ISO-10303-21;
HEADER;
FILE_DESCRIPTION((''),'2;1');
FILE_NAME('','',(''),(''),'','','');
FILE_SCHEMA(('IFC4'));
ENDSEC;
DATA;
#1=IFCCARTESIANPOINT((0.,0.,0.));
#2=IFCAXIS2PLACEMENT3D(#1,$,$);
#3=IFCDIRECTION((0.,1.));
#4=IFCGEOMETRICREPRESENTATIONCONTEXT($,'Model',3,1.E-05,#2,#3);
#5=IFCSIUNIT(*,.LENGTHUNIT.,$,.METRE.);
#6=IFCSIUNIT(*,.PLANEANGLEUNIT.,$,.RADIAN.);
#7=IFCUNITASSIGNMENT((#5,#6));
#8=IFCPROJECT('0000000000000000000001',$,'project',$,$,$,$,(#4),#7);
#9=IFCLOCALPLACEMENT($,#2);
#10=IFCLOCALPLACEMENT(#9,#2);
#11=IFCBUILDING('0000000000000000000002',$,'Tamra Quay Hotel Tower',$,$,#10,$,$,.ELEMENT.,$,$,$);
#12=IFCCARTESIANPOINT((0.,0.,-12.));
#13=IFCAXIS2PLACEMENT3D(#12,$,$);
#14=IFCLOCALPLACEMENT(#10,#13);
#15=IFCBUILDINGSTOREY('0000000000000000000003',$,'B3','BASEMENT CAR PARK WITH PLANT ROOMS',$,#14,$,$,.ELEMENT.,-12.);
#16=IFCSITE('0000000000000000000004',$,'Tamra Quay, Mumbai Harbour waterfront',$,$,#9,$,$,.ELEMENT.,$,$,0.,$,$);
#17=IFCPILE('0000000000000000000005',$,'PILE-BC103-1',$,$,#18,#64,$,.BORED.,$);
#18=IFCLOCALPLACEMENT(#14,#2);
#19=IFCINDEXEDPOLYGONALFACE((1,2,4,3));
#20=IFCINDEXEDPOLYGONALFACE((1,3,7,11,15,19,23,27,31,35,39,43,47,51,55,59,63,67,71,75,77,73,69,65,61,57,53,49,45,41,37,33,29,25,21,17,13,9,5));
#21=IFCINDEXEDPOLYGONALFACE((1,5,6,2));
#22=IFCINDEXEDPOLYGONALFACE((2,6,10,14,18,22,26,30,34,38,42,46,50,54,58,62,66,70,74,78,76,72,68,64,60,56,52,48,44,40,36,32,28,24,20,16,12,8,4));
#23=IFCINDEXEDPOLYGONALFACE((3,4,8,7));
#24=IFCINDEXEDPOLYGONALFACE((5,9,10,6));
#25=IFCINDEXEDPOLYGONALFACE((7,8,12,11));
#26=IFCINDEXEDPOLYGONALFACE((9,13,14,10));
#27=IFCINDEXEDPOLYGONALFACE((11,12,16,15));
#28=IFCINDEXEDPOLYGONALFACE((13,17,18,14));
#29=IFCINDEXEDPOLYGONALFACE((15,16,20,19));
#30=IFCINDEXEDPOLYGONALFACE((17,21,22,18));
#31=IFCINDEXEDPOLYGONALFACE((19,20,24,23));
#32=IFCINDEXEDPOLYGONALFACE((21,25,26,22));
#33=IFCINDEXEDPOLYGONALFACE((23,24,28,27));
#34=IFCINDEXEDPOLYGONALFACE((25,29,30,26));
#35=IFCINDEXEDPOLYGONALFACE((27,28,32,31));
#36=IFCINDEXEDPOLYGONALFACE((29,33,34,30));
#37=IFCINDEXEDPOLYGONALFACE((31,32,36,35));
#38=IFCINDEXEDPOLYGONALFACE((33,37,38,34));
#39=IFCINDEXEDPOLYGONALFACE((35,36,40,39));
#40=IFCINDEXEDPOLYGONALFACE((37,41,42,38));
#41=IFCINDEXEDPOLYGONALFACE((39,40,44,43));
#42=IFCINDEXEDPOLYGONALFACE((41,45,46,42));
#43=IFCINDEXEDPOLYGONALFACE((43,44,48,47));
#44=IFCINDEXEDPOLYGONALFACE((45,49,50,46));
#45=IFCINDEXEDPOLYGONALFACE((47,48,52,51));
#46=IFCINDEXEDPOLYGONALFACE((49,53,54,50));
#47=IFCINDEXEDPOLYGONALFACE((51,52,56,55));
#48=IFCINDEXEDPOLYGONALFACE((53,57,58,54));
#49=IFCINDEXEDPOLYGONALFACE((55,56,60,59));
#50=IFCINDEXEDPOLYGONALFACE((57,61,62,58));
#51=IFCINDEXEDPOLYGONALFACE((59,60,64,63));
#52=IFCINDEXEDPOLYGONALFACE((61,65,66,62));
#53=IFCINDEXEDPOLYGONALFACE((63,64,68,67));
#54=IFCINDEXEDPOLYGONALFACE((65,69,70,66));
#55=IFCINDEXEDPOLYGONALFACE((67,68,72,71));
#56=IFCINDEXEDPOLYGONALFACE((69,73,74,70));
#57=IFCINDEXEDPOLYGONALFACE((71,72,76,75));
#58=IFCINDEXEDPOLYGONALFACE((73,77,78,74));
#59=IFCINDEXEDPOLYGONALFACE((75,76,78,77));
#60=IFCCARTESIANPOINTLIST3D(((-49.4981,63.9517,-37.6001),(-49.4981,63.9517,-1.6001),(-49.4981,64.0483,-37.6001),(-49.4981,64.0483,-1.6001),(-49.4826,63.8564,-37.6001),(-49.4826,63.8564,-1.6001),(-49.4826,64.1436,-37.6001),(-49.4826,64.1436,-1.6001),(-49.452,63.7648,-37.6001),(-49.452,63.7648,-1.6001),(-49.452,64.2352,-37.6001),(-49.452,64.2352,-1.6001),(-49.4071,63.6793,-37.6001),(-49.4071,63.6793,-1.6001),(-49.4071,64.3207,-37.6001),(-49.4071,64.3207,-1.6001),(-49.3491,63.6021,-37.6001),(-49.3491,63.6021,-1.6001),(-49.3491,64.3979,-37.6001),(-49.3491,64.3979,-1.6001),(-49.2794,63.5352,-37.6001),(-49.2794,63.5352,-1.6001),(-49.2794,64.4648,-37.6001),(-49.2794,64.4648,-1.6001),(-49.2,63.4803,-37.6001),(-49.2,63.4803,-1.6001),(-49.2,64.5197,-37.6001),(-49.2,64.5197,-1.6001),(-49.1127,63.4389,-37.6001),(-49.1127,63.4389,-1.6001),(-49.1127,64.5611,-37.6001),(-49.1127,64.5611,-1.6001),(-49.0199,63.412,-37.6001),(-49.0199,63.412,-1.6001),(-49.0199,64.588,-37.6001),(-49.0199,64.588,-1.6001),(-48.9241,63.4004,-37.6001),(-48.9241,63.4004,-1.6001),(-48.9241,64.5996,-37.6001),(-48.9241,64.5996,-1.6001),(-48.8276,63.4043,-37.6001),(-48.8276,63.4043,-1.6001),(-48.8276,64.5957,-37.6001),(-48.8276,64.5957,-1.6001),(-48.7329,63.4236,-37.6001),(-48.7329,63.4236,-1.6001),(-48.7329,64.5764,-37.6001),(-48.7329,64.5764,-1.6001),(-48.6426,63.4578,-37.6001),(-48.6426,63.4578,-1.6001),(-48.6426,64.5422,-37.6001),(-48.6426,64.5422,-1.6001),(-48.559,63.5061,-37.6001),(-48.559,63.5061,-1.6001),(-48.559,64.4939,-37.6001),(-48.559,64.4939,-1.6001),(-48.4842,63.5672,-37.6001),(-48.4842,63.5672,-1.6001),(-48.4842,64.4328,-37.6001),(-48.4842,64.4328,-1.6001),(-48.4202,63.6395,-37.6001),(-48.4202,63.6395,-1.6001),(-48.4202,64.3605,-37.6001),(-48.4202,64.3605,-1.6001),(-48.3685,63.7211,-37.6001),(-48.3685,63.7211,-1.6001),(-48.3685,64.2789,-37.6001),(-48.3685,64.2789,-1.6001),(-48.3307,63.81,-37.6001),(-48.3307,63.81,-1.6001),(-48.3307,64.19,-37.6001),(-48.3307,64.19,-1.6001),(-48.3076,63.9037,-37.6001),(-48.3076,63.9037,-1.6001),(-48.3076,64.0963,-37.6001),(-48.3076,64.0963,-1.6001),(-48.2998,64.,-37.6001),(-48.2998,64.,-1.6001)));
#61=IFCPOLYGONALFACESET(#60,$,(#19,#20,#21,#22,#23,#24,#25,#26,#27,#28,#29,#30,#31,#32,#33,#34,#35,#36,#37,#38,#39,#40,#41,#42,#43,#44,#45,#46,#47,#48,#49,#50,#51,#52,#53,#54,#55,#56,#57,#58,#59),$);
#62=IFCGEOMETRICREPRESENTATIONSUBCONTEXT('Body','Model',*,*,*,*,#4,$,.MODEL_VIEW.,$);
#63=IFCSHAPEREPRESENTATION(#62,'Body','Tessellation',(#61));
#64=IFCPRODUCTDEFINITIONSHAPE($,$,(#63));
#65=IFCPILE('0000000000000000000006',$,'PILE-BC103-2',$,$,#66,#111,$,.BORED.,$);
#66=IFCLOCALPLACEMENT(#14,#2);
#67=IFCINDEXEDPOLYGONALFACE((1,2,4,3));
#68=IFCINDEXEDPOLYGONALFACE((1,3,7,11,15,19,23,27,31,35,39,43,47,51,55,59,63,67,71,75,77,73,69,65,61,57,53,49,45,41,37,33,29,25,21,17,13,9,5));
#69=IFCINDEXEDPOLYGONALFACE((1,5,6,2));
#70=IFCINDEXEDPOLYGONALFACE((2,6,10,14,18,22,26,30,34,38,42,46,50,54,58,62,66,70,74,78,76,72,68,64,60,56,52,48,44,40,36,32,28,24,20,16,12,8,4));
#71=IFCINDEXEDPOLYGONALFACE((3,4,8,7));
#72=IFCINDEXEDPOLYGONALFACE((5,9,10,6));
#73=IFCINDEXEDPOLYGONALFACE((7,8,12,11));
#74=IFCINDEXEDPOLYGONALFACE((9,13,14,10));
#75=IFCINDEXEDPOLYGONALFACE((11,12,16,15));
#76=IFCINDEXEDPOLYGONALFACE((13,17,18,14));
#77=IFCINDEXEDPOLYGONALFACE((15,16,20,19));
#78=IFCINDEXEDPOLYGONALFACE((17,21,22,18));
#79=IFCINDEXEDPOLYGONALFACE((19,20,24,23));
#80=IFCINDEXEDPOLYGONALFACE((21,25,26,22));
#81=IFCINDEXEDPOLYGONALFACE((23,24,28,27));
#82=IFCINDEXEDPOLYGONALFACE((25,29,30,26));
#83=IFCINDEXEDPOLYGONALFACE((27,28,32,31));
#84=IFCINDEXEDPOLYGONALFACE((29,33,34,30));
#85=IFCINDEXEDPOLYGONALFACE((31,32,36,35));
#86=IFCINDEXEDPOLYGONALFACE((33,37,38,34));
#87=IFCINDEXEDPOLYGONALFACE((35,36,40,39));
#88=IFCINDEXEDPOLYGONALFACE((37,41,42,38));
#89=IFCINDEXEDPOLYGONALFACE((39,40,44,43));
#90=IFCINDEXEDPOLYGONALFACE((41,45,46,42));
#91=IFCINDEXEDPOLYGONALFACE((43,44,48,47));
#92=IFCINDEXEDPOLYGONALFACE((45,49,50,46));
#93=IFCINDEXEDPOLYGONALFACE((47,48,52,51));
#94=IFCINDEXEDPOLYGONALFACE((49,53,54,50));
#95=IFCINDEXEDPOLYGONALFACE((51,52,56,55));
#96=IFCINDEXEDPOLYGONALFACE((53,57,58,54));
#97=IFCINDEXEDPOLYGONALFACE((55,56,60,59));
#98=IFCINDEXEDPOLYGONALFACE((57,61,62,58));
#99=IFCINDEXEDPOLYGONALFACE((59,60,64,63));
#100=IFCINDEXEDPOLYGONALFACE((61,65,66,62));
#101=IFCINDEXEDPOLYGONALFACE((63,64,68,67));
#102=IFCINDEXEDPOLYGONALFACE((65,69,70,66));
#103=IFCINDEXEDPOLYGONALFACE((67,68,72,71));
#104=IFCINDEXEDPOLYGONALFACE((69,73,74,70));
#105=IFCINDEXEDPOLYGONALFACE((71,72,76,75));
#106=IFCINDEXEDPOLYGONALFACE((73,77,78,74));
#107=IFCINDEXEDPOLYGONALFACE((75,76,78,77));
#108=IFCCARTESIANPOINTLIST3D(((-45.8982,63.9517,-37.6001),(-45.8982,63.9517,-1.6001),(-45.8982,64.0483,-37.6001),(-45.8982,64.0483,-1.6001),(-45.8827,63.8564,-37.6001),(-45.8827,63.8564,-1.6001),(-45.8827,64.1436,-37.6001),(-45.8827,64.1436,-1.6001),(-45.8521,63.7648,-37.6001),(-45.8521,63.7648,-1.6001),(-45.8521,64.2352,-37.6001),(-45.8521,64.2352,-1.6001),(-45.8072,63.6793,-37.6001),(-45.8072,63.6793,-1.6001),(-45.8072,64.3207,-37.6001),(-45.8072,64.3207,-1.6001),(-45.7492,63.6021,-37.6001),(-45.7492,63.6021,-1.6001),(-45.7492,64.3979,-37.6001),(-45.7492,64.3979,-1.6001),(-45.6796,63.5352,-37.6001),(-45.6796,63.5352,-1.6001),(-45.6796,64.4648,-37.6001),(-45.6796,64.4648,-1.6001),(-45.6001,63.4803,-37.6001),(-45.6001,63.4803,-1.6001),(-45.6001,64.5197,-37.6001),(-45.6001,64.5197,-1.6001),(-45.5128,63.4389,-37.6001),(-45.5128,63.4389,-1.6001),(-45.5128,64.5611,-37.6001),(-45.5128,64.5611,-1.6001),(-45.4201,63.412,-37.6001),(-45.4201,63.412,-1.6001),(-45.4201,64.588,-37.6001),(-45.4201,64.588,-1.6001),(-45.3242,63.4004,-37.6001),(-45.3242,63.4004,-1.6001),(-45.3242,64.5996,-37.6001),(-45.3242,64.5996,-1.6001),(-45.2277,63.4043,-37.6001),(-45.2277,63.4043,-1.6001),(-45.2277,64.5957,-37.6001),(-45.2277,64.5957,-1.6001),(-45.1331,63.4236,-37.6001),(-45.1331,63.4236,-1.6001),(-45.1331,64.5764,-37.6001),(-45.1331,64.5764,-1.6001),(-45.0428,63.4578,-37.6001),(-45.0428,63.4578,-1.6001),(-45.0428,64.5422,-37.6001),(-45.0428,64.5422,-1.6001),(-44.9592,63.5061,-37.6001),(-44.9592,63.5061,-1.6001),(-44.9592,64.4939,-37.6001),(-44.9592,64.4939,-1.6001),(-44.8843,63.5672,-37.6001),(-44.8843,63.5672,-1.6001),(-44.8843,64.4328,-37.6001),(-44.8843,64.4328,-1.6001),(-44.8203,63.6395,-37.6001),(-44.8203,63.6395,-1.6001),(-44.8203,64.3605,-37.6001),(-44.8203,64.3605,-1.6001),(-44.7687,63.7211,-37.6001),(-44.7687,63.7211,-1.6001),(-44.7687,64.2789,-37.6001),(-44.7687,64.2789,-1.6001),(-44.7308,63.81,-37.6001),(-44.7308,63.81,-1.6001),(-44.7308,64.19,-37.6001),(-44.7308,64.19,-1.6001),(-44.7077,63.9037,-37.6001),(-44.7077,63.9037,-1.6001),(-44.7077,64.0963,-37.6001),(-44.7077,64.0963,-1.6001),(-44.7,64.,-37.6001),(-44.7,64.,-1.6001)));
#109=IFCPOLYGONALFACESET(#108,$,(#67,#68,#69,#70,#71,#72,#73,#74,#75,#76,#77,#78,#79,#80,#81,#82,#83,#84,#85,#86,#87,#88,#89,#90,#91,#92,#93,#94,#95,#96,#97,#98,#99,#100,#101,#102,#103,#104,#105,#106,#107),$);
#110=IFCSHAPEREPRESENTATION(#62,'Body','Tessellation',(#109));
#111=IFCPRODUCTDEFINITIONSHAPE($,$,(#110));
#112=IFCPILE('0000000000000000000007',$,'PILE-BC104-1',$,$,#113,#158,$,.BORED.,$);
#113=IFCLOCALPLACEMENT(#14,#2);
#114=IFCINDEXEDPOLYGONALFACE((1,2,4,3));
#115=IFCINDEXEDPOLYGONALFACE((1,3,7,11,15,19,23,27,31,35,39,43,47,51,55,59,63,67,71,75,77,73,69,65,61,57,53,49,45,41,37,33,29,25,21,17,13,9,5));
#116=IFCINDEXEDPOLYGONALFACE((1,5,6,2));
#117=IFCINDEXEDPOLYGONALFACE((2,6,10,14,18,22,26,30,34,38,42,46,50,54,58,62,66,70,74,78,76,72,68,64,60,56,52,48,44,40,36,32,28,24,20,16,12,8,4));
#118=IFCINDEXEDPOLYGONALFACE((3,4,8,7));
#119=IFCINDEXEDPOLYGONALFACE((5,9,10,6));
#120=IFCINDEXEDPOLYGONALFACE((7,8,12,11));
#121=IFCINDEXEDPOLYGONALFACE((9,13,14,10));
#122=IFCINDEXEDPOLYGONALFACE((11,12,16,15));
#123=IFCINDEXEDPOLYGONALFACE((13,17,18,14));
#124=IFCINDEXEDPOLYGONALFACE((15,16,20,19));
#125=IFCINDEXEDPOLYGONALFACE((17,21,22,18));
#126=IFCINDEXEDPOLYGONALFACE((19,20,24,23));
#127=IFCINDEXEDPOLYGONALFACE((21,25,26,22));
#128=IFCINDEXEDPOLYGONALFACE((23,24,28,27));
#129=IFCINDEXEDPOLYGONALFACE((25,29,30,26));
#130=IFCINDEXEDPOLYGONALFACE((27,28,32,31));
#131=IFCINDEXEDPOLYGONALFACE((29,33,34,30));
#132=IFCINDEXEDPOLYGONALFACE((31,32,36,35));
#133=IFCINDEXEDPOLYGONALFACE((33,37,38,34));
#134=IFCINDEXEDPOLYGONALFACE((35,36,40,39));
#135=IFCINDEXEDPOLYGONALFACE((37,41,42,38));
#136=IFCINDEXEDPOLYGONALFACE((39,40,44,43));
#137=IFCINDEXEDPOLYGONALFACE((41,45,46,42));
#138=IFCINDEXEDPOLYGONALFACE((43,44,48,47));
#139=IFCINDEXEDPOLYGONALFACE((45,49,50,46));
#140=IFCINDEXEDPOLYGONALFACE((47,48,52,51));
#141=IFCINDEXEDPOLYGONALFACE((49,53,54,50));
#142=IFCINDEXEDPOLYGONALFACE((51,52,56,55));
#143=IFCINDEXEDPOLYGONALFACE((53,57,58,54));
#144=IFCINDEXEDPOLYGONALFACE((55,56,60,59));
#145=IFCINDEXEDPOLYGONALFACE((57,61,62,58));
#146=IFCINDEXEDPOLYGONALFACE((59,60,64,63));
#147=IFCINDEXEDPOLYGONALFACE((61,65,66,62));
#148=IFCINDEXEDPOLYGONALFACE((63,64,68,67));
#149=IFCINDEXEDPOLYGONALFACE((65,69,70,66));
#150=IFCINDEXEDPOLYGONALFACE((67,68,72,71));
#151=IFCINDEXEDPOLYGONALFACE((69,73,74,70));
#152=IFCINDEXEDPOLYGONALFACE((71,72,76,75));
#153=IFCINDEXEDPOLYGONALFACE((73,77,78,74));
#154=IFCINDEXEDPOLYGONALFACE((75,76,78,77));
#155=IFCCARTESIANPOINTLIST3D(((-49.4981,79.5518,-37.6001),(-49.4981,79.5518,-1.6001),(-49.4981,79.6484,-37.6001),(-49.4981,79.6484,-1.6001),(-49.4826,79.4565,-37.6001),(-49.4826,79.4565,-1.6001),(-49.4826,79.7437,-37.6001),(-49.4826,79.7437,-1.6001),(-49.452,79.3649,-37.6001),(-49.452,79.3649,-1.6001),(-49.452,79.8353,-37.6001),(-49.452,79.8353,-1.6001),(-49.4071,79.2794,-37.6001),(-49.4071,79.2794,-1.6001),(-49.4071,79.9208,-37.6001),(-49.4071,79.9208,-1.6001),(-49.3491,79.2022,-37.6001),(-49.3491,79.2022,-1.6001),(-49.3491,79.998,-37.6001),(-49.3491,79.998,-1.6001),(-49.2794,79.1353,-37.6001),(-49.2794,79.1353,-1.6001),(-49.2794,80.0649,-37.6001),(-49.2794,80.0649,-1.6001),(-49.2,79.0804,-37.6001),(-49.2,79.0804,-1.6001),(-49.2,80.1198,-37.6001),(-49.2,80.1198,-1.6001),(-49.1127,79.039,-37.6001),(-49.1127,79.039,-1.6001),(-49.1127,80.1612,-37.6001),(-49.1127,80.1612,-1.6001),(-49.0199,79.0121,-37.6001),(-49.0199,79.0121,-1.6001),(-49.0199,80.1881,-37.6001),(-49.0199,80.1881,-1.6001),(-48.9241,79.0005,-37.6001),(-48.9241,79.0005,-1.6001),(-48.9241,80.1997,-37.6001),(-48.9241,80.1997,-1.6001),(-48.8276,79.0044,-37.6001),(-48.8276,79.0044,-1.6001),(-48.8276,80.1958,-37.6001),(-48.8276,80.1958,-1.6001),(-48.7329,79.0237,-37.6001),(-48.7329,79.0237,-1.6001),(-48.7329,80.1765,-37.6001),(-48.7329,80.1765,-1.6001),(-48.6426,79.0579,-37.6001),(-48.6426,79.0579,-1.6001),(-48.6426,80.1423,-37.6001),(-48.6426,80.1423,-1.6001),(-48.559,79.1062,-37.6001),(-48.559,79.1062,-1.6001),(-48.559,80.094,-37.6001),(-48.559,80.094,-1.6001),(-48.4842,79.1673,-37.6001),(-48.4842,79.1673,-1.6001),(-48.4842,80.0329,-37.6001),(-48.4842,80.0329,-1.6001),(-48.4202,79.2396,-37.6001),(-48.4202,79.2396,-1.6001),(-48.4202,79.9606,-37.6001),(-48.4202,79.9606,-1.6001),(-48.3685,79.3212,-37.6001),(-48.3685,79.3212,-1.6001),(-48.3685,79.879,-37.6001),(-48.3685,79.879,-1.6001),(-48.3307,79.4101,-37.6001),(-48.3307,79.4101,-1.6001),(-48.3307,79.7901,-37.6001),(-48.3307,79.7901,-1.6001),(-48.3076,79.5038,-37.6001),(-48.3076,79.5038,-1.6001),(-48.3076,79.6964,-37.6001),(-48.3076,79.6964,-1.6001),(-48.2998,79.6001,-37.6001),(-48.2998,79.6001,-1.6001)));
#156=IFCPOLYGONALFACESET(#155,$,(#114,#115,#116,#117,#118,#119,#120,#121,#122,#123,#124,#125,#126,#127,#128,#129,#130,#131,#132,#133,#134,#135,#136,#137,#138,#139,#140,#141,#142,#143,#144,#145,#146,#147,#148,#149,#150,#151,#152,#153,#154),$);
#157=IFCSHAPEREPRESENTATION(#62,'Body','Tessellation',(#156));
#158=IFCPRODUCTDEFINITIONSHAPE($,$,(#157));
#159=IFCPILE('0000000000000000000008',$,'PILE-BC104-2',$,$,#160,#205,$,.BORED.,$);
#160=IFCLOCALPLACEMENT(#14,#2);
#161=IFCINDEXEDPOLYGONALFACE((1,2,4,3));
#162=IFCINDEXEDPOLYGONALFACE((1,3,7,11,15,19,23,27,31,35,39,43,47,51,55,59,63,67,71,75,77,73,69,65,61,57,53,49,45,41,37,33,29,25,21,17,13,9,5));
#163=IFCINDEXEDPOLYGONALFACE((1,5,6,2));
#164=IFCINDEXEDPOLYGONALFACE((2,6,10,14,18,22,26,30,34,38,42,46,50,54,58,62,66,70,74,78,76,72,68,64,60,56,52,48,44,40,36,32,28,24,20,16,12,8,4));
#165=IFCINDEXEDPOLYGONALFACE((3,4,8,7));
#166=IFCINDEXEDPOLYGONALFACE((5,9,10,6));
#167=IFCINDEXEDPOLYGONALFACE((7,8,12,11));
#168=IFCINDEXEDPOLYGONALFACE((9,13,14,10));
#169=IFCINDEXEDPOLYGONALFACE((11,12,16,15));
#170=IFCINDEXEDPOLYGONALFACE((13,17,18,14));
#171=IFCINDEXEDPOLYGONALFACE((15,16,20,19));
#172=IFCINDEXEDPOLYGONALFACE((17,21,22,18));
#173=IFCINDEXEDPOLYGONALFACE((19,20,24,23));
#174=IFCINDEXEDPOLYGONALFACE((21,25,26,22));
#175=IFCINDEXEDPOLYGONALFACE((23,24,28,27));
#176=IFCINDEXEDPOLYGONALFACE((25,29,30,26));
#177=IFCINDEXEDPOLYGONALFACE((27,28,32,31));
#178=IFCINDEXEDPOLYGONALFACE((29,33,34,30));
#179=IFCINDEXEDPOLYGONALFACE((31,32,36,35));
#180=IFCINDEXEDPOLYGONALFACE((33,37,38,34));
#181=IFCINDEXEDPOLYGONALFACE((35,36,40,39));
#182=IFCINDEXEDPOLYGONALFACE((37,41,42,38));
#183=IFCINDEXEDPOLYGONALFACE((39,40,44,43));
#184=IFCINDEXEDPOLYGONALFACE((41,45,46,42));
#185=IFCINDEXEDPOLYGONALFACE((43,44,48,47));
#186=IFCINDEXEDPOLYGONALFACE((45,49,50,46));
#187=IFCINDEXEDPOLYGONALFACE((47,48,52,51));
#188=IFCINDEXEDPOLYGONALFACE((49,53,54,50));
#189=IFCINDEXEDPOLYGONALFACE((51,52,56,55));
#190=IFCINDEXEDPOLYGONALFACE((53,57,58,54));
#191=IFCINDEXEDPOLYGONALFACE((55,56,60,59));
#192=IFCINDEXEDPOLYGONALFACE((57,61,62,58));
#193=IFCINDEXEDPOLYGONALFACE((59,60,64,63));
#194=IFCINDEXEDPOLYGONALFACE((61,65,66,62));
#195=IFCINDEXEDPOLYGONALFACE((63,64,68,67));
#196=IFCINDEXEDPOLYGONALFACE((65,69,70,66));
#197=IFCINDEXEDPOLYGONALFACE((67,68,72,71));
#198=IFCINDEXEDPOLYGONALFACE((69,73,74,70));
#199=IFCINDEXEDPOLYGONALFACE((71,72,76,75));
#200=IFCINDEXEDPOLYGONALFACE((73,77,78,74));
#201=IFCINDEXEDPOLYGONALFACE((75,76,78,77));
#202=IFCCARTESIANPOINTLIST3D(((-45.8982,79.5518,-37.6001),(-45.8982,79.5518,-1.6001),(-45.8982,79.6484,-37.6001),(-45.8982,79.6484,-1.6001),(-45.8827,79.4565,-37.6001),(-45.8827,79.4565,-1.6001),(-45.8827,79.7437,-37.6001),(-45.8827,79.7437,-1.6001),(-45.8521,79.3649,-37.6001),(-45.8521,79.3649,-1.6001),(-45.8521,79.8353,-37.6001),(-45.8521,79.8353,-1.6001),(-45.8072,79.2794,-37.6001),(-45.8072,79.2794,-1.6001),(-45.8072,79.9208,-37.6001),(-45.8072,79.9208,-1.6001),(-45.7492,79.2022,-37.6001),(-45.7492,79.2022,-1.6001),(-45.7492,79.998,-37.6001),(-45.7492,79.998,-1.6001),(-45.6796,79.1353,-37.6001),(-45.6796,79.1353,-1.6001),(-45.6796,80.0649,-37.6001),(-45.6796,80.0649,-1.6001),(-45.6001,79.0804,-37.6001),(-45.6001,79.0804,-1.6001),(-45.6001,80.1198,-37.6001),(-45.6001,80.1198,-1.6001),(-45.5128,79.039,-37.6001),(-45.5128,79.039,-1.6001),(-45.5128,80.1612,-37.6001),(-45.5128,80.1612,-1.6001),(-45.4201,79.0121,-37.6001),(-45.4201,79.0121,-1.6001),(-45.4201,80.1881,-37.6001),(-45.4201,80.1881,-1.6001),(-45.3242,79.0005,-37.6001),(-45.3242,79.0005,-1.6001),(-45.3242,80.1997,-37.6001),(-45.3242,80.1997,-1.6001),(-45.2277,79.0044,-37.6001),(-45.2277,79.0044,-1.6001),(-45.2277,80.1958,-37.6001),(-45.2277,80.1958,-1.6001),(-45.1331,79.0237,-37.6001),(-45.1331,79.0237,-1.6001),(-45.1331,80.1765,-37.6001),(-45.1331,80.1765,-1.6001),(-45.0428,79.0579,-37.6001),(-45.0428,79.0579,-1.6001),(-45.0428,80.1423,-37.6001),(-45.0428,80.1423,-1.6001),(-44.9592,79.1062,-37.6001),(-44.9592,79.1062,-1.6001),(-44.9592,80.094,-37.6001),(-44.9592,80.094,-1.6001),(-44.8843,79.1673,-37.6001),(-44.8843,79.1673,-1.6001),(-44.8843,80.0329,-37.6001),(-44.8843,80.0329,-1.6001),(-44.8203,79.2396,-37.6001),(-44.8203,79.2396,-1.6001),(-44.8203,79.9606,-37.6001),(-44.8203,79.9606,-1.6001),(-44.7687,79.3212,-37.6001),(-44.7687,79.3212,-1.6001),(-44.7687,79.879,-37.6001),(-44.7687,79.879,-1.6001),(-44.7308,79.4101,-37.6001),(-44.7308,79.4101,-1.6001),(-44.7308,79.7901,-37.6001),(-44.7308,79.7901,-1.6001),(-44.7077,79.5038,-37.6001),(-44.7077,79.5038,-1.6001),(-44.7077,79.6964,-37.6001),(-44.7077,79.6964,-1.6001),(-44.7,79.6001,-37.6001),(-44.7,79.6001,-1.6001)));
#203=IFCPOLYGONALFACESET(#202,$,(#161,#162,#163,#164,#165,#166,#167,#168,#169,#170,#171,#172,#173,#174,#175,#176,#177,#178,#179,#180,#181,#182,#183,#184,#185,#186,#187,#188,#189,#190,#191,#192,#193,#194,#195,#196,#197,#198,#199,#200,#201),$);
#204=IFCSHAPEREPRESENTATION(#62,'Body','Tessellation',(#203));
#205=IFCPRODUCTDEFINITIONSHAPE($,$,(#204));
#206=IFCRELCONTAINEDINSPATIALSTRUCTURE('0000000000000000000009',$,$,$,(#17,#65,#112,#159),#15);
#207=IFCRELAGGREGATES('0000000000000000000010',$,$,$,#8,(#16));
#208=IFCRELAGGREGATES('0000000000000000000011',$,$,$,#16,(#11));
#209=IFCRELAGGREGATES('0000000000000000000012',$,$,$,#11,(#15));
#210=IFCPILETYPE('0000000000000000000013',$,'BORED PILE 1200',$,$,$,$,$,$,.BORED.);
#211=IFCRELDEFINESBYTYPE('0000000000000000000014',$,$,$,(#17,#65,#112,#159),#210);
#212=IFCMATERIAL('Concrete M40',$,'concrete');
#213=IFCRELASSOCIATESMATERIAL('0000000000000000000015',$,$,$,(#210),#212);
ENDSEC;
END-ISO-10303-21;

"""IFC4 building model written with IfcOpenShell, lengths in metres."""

from ifc_helpers import new_model, si_unit, direction, frame, origin, origin_2d, place, context, subcontext, project, spatial, circle, extrude, material, material_profile, profile_set, type_object, element, save


model = new_model("IFC4")

# Units and contexts
model_context = context("Model", 3, precision=1e-05, world=origin(), true_north=direction((0.0, 1.0)))
body_context = subcontext(model_context, "Body", "Model", "MODEL_VIEW")
ifc_project = project(units=[si_unit("LENGTHUNIT", "METRE"), si_unit("PLANEANGLEUNIT", "RADIAN")], contexts=[model_context])

# Site, building, storey
site_placement = place(None, origin())
site = spatial("IfcSite", under=ifc_project, at=site_placement, Name="Tamra Quay, Mumbai Harbour waterfront", CompositionType="ELEMENT", RefElevation=0.0)
building_placement = place(site_placement, origin())
building = spatial("IfcBuilding", under=site, at=building_placement, Name="Tamra Quay Hotel Tower", CompositionType="ELEMENT")
storey_placement = place(building_placement, frame((0.0, 0.0, -12.0)))
storey = spatial("IfcBuildingStorey", under=building, at=storey_placement, Name="B3", Description="BASEMENT CAR PARK WITH PLANT ROOMS", CompositionType="ELEMENT", Elevation=-12.0)

# Piles
ifc_material_1 = material(Name="Concrete M40", Category="concrete")
ifc_material_profile_1 = material_profile(ifc_material_1, circle(Radius=0.6001, at=origin_2d()), Name="BORED PILE 1200")
ifc_profile_set_1 = profile_set([ifc_material_profile_1], Name="Concrete M40")
pile_type = type_object("IfcPileType", Name="BORED PILE 1200", PredefinedType="BORED", material=ifc_profile_set_1)
for number, where, z_axis, x_axis, name in (
    (1, (-48.8999, 64.0, -1.6001), (0.0, 0.0, -1.0), (1.0, 0.0, 0.0), "PILE-BC103-1"),
    (2, (-45.3, 64.0, -1.6001), (0.0, 0.0, -1.0), (1.0, 0.0, 0.0), "PILE-BC103-2"),
    (3, (-48.8999, 79.6001, -1.6001), (0.0, 0.0, -1.0), (1.0, 0.0, 0.0), "PILE-BC104-1"),
    (4, (-45.3, 79.6001, -1.6001), (0.0, 0.0, -1.0), (1.0, 0.0, 0.0), "PILE-BC104-2"),
):
    element("IfcPile", number, at=place(storey_placement, frame(where, z_axis=z_axis, x_axis=x_axis)), inside=storey, type_object=pile_type, Name=name, PredefinedType="BORED", context=body_context, shape_type="SweptSolid", body=[
        extrude(circle(Radius=0.6001, at=origin_2d()), origin(), (0.0, 0.0, 1.0), 36.0),
    ])

save(model, "model.ifc")
